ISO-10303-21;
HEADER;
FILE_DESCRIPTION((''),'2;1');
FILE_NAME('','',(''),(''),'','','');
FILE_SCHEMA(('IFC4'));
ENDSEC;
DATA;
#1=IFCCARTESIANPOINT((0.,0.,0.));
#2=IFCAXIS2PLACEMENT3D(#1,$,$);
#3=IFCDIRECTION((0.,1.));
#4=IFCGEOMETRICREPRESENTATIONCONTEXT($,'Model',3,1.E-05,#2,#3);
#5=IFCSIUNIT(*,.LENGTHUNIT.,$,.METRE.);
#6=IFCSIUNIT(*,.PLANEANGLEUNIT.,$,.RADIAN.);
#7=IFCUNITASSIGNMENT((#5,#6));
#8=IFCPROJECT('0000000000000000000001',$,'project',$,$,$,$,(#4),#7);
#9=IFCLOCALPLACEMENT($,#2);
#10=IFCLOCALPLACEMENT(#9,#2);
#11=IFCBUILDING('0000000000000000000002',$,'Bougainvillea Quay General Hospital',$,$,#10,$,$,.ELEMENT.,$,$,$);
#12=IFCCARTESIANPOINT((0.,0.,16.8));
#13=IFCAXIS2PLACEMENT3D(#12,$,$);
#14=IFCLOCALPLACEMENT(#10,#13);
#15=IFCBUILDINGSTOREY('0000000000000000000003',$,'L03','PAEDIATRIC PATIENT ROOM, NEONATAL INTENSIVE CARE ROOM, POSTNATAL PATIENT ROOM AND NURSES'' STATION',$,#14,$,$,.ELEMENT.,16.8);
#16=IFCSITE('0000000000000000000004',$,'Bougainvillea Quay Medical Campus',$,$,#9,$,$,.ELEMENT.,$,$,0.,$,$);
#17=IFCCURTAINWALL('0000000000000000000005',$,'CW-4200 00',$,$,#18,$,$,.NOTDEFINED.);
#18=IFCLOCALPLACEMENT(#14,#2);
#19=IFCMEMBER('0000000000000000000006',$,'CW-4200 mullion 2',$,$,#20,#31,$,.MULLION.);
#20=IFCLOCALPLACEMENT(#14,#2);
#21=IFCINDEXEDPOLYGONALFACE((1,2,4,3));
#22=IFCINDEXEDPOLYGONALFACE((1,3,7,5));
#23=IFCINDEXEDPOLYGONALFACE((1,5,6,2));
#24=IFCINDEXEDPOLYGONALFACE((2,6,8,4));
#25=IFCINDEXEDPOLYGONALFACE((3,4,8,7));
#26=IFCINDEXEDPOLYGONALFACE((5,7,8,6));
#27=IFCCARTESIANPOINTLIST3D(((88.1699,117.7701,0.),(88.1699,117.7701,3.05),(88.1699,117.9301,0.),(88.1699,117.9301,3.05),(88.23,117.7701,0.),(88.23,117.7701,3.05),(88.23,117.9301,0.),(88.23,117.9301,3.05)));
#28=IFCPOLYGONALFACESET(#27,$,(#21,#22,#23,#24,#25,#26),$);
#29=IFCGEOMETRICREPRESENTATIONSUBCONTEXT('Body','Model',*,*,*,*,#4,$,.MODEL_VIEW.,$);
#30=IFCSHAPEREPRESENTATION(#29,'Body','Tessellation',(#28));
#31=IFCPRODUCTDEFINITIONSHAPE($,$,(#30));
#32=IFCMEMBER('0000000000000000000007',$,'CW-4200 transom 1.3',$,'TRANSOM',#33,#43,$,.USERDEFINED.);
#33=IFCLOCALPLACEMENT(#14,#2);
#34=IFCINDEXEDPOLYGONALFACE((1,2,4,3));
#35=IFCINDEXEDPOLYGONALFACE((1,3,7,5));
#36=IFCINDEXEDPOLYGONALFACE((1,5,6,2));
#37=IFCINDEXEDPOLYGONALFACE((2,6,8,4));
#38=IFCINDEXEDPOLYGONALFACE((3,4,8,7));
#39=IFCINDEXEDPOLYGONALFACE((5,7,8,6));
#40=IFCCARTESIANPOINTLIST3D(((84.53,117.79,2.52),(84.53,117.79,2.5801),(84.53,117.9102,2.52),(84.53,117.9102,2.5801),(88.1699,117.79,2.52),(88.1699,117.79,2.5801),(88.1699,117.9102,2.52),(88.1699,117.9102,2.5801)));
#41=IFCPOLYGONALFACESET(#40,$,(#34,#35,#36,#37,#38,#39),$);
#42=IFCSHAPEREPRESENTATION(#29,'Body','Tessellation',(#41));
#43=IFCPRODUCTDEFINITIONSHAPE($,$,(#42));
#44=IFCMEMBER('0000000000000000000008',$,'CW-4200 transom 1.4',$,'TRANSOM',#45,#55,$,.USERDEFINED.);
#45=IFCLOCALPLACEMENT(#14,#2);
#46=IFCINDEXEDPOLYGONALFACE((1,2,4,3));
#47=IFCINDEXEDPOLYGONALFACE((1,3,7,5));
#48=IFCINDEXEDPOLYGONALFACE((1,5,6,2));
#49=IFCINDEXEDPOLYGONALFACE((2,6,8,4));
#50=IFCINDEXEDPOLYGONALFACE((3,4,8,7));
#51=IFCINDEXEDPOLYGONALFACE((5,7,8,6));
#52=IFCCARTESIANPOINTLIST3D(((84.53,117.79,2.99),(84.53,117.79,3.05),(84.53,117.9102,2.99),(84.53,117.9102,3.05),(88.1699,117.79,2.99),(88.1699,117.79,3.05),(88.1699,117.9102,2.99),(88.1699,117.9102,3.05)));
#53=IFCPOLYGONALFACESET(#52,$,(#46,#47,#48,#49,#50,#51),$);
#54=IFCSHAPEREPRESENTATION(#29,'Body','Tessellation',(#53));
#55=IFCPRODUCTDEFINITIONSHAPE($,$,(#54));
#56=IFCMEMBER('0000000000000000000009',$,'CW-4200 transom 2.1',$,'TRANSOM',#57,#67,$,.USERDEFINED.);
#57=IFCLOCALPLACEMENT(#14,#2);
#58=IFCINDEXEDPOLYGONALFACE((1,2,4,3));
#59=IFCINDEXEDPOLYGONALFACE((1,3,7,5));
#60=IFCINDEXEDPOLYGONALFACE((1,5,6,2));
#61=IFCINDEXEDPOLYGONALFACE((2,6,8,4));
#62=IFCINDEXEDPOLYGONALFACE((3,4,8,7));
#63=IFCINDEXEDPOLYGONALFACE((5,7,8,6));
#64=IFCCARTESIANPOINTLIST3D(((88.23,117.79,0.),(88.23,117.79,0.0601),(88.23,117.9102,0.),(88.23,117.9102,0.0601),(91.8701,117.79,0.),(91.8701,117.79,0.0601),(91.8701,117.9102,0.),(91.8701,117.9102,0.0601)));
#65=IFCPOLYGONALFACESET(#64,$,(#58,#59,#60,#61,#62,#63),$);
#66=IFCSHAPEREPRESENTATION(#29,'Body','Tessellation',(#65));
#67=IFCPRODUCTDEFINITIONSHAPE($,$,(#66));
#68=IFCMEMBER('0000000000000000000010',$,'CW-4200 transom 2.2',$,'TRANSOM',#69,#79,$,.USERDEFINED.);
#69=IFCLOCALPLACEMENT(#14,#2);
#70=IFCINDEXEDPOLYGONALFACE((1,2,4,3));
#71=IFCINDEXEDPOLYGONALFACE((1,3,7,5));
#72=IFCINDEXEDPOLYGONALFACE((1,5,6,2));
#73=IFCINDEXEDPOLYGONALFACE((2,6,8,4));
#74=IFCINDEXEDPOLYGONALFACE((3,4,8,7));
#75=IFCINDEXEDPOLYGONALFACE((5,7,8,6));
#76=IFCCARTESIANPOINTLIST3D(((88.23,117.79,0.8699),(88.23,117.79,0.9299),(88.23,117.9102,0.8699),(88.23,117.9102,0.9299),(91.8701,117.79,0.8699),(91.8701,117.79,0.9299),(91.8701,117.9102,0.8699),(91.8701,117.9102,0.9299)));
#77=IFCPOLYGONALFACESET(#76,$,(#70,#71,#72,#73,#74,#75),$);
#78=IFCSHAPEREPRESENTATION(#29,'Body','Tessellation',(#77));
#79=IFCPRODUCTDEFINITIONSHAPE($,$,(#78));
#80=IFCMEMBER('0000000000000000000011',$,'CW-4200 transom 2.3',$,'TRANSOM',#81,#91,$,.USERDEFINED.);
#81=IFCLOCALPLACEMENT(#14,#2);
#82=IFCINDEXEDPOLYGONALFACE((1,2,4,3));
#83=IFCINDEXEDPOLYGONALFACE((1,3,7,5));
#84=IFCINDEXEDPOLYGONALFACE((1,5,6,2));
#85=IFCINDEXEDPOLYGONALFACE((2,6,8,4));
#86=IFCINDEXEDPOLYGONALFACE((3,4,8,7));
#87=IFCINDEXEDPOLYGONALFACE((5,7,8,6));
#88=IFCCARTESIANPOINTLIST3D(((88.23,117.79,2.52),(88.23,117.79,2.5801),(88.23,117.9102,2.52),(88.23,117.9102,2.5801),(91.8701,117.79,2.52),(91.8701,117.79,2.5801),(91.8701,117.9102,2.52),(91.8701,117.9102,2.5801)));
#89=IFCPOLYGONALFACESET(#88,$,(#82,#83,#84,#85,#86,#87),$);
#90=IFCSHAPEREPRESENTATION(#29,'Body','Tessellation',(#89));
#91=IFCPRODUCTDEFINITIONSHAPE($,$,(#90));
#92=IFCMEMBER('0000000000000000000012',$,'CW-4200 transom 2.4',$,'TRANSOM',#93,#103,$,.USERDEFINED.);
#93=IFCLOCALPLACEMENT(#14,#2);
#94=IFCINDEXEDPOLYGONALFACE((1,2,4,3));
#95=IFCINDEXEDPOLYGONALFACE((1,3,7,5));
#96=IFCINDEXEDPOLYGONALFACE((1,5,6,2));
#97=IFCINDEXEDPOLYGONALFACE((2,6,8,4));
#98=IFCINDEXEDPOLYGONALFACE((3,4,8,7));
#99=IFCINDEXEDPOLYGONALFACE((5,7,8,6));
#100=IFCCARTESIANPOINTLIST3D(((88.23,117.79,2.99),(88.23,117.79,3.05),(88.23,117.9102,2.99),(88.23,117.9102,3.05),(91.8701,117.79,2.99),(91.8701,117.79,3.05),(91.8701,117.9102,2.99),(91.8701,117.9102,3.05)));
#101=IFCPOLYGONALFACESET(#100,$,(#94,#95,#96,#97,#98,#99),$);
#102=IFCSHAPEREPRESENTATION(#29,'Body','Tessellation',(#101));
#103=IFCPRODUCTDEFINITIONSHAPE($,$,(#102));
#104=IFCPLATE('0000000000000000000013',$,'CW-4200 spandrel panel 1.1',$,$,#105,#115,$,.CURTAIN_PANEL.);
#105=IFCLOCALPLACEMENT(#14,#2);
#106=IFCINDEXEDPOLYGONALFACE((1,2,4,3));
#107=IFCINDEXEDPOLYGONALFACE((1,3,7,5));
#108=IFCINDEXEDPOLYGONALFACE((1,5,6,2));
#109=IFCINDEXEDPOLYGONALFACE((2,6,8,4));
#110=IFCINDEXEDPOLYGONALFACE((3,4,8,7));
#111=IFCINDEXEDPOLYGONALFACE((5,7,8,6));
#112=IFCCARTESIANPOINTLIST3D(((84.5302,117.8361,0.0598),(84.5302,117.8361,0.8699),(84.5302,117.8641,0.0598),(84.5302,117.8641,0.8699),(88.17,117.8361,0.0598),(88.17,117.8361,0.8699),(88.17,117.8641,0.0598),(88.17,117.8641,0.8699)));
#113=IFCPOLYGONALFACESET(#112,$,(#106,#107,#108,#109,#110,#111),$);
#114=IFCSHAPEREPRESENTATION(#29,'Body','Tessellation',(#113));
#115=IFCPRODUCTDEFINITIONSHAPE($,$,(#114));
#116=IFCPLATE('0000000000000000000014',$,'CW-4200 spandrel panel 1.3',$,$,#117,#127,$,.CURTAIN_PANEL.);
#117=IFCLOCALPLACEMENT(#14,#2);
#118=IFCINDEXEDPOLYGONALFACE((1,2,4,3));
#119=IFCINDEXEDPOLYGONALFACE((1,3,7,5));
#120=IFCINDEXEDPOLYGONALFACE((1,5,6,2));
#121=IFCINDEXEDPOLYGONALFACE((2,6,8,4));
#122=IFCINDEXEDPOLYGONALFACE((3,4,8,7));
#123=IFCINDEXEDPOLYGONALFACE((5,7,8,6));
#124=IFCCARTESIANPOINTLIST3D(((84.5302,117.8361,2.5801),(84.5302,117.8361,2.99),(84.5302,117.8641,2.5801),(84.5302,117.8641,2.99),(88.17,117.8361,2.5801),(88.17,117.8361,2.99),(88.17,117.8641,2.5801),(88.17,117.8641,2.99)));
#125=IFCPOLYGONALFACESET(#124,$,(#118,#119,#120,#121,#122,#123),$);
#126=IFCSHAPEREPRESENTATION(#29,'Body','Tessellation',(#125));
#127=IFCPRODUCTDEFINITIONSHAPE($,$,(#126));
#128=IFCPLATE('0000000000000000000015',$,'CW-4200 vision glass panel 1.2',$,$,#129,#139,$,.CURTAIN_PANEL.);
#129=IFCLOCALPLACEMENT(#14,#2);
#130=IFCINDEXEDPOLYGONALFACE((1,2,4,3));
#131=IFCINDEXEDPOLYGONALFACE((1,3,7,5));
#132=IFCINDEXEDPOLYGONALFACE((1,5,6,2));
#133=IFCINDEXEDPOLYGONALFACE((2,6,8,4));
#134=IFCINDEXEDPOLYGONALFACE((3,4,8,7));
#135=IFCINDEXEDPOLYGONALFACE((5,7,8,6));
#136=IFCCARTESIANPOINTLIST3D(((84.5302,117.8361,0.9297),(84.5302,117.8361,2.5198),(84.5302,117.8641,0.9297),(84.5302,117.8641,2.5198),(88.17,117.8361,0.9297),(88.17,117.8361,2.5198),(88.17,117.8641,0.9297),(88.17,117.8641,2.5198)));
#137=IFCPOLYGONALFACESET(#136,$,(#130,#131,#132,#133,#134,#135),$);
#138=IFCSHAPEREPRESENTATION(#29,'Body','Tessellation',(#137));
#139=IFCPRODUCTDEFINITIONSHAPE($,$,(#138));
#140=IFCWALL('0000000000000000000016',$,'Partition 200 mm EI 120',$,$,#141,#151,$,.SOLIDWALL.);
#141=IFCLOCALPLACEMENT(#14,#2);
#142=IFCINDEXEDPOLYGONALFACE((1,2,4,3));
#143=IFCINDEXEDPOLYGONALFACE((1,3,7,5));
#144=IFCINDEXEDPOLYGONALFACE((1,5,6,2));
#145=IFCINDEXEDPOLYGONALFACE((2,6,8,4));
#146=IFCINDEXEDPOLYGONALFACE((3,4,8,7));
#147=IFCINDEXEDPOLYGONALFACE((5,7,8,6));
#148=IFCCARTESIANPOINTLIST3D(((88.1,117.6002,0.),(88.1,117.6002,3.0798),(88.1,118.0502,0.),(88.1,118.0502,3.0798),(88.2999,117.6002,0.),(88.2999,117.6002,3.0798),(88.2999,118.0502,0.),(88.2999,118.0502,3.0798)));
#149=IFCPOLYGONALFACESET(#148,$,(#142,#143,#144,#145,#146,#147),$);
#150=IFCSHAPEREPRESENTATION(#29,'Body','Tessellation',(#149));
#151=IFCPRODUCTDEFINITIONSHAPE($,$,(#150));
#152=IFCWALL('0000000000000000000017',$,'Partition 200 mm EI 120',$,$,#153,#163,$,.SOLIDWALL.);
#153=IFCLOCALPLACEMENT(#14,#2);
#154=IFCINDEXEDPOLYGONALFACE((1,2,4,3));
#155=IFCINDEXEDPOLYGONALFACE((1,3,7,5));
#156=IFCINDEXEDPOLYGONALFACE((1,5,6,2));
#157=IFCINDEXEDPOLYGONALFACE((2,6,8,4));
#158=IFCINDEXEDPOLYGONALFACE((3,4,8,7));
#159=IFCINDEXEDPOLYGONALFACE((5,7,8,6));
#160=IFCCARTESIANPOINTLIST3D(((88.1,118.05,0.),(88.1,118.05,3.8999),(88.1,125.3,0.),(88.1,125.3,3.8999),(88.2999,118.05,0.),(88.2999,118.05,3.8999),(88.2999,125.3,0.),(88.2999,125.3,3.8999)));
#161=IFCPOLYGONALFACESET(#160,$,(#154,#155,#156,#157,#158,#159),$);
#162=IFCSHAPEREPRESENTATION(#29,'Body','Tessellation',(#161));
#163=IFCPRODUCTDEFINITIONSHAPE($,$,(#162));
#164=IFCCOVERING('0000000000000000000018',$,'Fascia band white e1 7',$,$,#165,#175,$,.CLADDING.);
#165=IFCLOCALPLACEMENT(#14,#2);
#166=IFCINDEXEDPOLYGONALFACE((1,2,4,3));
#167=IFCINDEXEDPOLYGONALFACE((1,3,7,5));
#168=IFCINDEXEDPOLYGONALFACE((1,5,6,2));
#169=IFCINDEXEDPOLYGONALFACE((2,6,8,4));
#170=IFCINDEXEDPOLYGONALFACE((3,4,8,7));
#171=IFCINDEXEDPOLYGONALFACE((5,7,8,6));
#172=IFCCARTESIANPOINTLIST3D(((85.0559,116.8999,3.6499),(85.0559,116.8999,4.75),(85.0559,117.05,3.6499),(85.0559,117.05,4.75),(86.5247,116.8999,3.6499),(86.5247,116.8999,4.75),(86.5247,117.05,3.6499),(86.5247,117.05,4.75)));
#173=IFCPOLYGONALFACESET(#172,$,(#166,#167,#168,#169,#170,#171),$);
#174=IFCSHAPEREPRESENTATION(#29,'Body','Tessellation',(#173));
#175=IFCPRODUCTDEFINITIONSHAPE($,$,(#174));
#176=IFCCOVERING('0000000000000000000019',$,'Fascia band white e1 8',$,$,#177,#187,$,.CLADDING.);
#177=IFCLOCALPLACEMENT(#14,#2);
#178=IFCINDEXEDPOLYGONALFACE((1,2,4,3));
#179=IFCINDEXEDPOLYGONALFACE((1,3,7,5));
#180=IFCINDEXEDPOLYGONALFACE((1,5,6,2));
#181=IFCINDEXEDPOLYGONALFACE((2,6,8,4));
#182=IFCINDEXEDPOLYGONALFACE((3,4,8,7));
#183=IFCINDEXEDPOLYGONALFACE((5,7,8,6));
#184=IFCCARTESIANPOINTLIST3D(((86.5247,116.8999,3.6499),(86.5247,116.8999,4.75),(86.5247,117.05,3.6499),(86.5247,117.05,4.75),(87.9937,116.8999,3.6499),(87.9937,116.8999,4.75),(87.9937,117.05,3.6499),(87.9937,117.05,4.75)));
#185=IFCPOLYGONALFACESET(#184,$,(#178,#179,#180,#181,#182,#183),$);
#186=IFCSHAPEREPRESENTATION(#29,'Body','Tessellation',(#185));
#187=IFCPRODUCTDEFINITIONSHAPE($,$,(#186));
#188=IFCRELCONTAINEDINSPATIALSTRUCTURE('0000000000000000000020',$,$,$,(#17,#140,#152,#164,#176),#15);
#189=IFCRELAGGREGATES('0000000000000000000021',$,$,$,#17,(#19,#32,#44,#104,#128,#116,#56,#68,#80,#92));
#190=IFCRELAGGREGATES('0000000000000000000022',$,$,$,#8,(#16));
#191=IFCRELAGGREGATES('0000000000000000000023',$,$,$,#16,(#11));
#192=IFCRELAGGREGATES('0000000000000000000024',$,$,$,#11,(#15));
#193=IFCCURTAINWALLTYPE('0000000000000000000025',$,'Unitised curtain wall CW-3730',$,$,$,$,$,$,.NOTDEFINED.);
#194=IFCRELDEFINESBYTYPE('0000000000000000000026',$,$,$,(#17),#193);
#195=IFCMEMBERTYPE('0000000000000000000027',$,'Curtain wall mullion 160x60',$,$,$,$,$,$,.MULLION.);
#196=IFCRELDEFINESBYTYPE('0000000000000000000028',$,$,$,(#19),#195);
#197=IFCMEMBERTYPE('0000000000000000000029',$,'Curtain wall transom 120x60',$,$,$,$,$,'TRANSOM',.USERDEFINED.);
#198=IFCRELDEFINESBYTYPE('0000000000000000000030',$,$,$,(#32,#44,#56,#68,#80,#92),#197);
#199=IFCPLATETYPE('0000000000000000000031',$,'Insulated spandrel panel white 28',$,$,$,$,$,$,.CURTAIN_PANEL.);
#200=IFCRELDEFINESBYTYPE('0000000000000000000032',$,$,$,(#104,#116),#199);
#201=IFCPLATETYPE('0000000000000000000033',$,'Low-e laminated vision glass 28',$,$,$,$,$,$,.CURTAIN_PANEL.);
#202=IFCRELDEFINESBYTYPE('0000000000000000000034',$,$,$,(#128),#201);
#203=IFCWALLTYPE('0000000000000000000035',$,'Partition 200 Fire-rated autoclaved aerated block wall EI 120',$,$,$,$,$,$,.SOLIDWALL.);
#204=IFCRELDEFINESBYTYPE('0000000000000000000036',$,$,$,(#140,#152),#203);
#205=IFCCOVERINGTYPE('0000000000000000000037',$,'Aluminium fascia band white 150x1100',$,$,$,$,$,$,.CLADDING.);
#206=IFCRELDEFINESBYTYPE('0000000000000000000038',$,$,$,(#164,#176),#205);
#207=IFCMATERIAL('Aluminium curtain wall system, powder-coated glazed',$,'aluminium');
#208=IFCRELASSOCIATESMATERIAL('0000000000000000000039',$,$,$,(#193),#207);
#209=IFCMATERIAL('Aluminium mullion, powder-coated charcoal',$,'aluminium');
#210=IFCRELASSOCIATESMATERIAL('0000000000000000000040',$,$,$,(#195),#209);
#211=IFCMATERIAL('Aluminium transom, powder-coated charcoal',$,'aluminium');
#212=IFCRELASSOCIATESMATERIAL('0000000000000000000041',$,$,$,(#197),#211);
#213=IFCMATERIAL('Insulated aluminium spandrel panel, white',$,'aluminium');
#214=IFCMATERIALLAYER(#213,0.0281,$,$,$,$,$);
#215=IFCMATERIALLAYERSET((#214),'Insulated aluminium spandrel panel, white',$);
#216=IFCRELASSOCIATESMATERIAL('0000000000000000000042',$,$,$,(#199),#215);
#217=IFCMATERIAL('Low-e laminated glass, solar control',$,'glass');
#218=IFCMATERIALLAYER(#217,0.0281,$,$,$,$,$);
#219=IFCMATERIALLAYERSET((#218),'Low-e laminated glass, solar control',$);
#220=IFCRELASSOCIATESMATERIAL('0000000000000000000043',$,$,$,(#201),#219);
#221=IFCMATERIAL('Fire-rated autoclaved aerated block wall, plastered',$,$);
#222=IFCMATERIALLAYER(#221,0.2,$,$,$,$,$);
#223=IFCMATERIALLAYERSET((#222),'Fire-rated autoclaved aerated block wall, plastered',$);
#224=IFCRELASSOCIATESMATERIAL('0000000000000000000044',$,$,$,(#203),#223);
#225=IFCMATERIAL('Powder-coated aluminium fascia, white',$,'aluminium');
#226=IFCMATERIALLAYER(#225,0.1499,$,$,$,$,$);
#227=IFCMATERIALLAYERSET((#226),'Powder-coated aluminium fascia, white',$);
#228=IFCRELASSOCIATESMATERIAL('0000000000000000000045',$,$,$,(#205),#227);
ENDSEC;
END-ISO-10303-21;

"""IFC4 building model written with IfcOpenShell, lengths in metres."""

from ifc_helpers import new_model, si_unit, direction, frame, frame_2d, origin, origin_2d, place, context, subcontext, project, spatial, polyline, rectangle, outline, extrude, material, layer, layer_set, material_profile, profile_set, type_object, element, aggregate, save


model = new_model("IFC4")

# Units and contexts
model_context = context("Model", 3, precision=1e-05, world=origin(), true_north=direction((0.0, 1.0)))
body_context = subcontext(model_context, "Body", "Model", "MODEL_VIEW")
ifc_project = project(units=[si_unit("LENGTHUNIT", "METRE"), si_unit("PLANEANGLEUNIT", "RADIAN")], contexts=[model_context])

# Site, building, storey
site_placement = place(None, origin())
site = spatial("IfcSite", under=ifc_project, at=site_placement, Name="Bougainvillea Quay Medical Campus", CompositionType="ELEMENT", RefElevation=0.0)
building_placement = place(site_placement, origin())
building = spatial("IfcBuilding", under=site, at=building_placement, Name="Bougainvillea Quay General Hospital", CompositionType="ELEMENT")
storey_placement = place(building_placement, frame((0.0, 0.0, 16.8)))
storey = spatial("IfcBuildingStorey", under=building, at=storey_placement, Name="L03", Description="PAEDIATRIC PATIENT ROOM, NEONATAL INTENSIVE CARE ROOM, POSTNATAL PATIENT ROOM AND NURSES' STATION", CompositionType="ELEMENT", Elevation=16.8)

# Curtain wall, members, plates
ifc_material_1 = material(Name="Aluminium curtain wall system, powder-coated glazed", Category="aluminium")
curtain_wall_type = type_object("IfcCurtainWallType", Name="Unitised curtain wall CW-3730", PredefinedType="NOTDEFINED", material=ifc_material_1)
curtain_wall_placement = place(storey_placement, origin())
curtain_wall = element("IfcCurtainWall", 1, at=curtain_wall_placement, inside=storey, type_object=curtain_wall_type, Name="CW-4200 00", PredefinedType="NOTDEFINED")
ifc_material_2 = material(Name="Aluminium mullion, powder-coated charcoal", Category="aluminium")
ifc_material_profile_1 = material_profile(ifc_material_2, rectangle(XDim=0.1599, YDim=0.0601, at=origin_2d()))
ifc_profile_set_1 = profile_set([ifc_material_profile_1], Name="Aluminium mullion, powder-coated charcoal")
member_type_1 = type_object("IfcMemberType", Name="Curtain wall mullion 160x60", PredefinedType="MULLION", material=ifc_profile_set_1)
member_1_placement = place(storey_placement, frame((88.2, 117.8501, 0.0), z_axis=(0.0, 0.0, 1.0), x_axis=(0.0, 1.0, 0.0)))
member_1 = element("IfcMember", 2, at=member_1_placement, type_object=member_type_1, Name="CW-4200 mullion 2", PredefinedType="MULLION", context=body_context, shape_type="SweptSolid", body=[
    extrude(rectangle(XDim=0.1599, YDim=0.0601, at=origin_2d()), origin(), (0.0, 0.0, 1.0), 3.05),
])
ifc_material_3 = material(Name="Aluminium transom, powder-coated charcoal", Category="aluminium")
ifc_material_profile_2 = material_profile(ifc_material_3, rectangle(XDim=0.1201, YDim=0.0601, at=origin_2d()))
ifc_profile_set_2 = profile_set([ifc_material_profile_2], Name="Aluminium transom, powder-coated charcoal")
member_type_2 = type_object("IfcMemberType", Name="Curtain wall transom 120x60", ElementType="TRANSOM", PredefinedType="USERDEFINED", material=ifc_profile_set_2)
member_2_placement = place(storey_placement, frame((84.53, 117.8501, 2.55), z_axis=(1.0, 0.0, 0.0), x_axis=(0.0, 1.0, 0.0)))
member_2 = element("IfcMember", 3, at=member_2_placement, type_object=member_type_2, Name="CW-4200 transom 1.3", ObjectType="TRANSOM", PredefinedType="USERDEFINED", context=body_context, shape_type="SweptSolid", body=[
    extrude(rectangle(XDim=0.1201, YDim=0.0601, at=origin_2d()), origin(), (0.0, 0.0, 1.0), 3.6399),
])
member_3_placement = place(storey_placement, frame((84.53, 117.8501, 3.02), z_axis=(1.0, 0.0, 0.0), x_axis=(0.0, 1.0, 0.0)))
member_3 = element("IfcMember", 4, at=member_3_placement, type_object=member_type_2, Name="CW-4200 transom 1.4", ObjectType="TRANSOM", PredefinedType="USERDEFINED", context=body_context, shape_type="SweptSolid", body=[
    extrude(rectangle(XDim=0.1201, YDim=0.0601, at=origin_2d()), origin(), (0.0, 0.0, 1.0), 3.6399),
])
member_4_placement = place(storey_placement, frame((88.23, 117.8501, 0.03), z_axis=(1.0, 0.0, 0.0), x_axis=(0.0, 1.0, 0.0)))
member_4 = element("IfcMember", 5, at=member_4_placement, type_object=member_type_2, Name="CW-4200 transom 2.1", ObjectType="TRANSOM", PredefinedType="USERDEFINED", context=body_context, shape_type="SweptSolid", body=[
    extrude(rectangle(XDim=0.1201, YDim=0.0601, at=origin_2d()), origin(), (0.0, 0.0, 1.0), 3.6401),
])
member_5_placement = place(storey_placement, frame((88.23, 117.8501, 0.8999), z_axis=(1.0, 0.0, 0.0), x_axis=(0.0, 1.0, 0.0)))
member_5 = element("IfcMember", 6, at=member_5_placement, type_object=member_type_2, Name="CW-4200 transom 2.2", ObjectType="TRANSOM", PredefinedType="USERDEFINED", context=body_context, shape_type="SweptSolid", body=[
    extrude(rectangle(XDim=0.1201, YDim=0.0601, at=origin_2d()), origin(), (0.0, 0.0, 1.0), 3.6401),
])
member_6_placement = place(storey_placement, frame((88.23, 117.8501, 2.55), z_axis=(1.0, 0.0, 0.0), x_axis=(0.0, 1.0, 0.0)))
member_6 = element("IfcMember", 7, at=member_6_placement, type_object=member_type_2, Name="CW-4200 transom 2.3", ObjectType="TRANSOM", PredefinedType="USERDEFINED", context=body_context, shape_type="SweptSolid", body=[
    extrude(rectangle(XDim=0.1201, YDim=0.0601, at=origin_2d()), origin(), (0.0, 0.0, 1.0), 3.6401),
])
member_7_placement = place(storey_placement, frame((88.23, 117.8501, 3.02), z_axis=(1.0, 0.0, 0.0), x_axis=(0.0, 1.0, 0.0)))
member_7 = element("IfcMember", 8, at=member_7_placement, type_object=member_type_2, Name="CW-4200 transom 2.4", ObjectType="TRANSOM", PredefinedType="USERDEFINED", context=body_context, shape_type="SweptSolid", body=[
    extrude(rectangle(XDim=0.1201, YDim=0.0601, at=origin_2d()), origin(), (0.0, 0.0, 1.0), 3.6401),
])
ifc_material_4 = material(Name="Insulated aluminium spandrel panel, white", Category="aluminium")
ifc_layer_1 = layer(ifc_material_4, 0.0281)
ifc_layer_set_1 = layer_set([ifc_layer_1], Name="Insulated aluminium spandrel panel, white")
plate_type_1 = type_object("IfcPlateType", Name="Insulated spandrel panel white 28", PredefinedType="CURTAIN_PANEL", material=ifc_layer_set_1)
plate_1_placement = place(storey_placement, frame((86.3501, 117.8501, 0.0598), z_axis=(0.0, 0.0, 1.0), x_axis=(1.0, 0.0, 0.0)))
plate_1 = element("IfcPlate", 9, at=plate_1_placement, type_object=plate_type_1, Name="CW-4200 spandrel panel 1.1", PredefinedType="CURTAIN_PANEL", context=body_context, shape_type="SweptSolid", body=[
    extrude(rectangle(XDim=3.6399, YDim=0.0281, at=origin_2d()), origin(), (0.0, 0.0, 1.0), 0.8101),
])
plate_2_placement = place(storey_placement, frame((86.3501, 117.8501, 2.5801), z_axis=(0.0, 0.0, 1.0), x_axis=(1.0, 0.0, 0.0)))
plate_2 = element("IfcPlate", 10, at=plate_2_placement, type_object=plate_type_1, Name="CW-4200 spandrel panel 1.3", PredefinedType="CURTAIN_PANEL", context=body_context, shape_type="SweptSolid", body=[
    extrude(rectangle(XDim=3.6399, YDim=0.0281, at=origin_2d()), origin(), (0.0, 0.0, 1.0), 0.4099),
])
ifc_material_5 = material(Name="Low-e laminated glass, solar control", Category="glass")
ifc_layer_2 = layer(ifc_material_5, 0.0281)
ifc_layer_set_2 = layer_set([ifc_layer_2], Name="Low-e laminated glass, solar control")
plate_type_2 = type_object("IfcPlateType", Name="Low-e laminated vision glass 28", PredefinedType="CURTAIN_PANEL", material=ifc_layer_set_2)
plate_3_placement = place(storey_placement, frame((86.3501, 117.8501, 0.9297), z_axis=(0.0, 0.0, 1.0), x_axis=(1.0, 0.0, 0.0)))
plate_3 = element("IfcPlate", 11, at=plate_3_placement, type_object=plate_type_2, Name="CW-4200 vision glass panel 1.2", PredefinedType="CURTAIN_PANEL", context=body_context, shape_type="SweptSolid", body=[
    extrude(rectangle(XDim=3.6399, YDim=0.0281, at=origin_2d()), origin(), (0.0, 0.0, 1.0), 1.5901),
])
aggregate(curtain_wall, [member_1, member_2, member_3, plate_1, plate_3, plate_2, member_4, member_5, member_6, member_7])

# Walls
ifc_material_6 = material(Name="Fire-rated autoclaved aerated block wall, plastered")
ifc_layer_3 = layer(ifc_material_6, 0.2)
ifc_layer_set_3 = layer_set([ifc_layer_3], Name="Fire-rated autoclaved aerated block wall, plastered")
wall_type = type_object("IfcWallType", Name="Partition 200 Fire-rated autoclaved aerated block wall EI 120", PredefinedType="SOLIDWALL", material=ifc_layer_set_3)
wall_1_placement = place(storey_placement, frame((88.2, 117.6001, 0.0), z_axis=(0.0, 0.0, 1.0), x_axis=(0.0, 1.0, 0.0)))
element("IfcWall", 12, at=wall_1_placement, inside=storey, type_object=wall_type, Name="Partition 200 mm EI 120", PredefinedType="SOLIDWALL", context=body_context, shape_type="SweptSolid", body=[
    extrude(rectangle(XDim=0.45, YDim=0.2, at=frame_2d((0.2251, 0.0))), origin(), (0.0, 0.0, 1.0), 3.0798),
])
wall_2_placement = place(storey_placement, frame((88.2, 118.05, 0.0), z_axis=(0.0, 0.0, 1.0), x_axis=(0.0, 1.0, 0.0)))
element("IfcWall", 13, at=wall_2_placement, inside=storey, type_object=wall_type, Name="Partition 200 mm EI 120", PredefinedType="SOLIDWALL", context=body_context, shape_type="SweptSolid", body=[
    extrude(rectangle(XDim=7.25, YDim=0.2, at=frame_2d((3.625, 0.0))), origin(), (0.0, 0.0, 1.0), 3.8999),
])

# Coverings
ifc_material_7 = material(Name="Powder-coated aluminium fascia, white", Category="aluminium")
ifc_layer_4 = layer(ifc_material_7, 0.1499)
ifc_layer_set_4 = layer_set([ifc_layer_4], Name="Powder-coated aluminium fascia, white")
covering_type = type_object("IfcCoveringType", Name="Aluminium fascia band white 150x1100", PredefinedType="CLADDING", material=ifc_layer_set_4)
covering_1_placement = place(storey_placement, frame((85.0559, 117.05, 3.6499), z_axis=(0.0, 0.0, 1.0), x_axis=(1.0, 0.0, 0.0)))
element("IfcCovering", 14, at=covering_1_placement, inside=storey, type_object=covering_type, Name="Fascia band white e1 7", PredefinedType="CLADDING", context=body_context, shape_type="SweptSolid", body=[
    extrude(outline(polyline([(0.0, 0.0), (1.4688, 0.0), (1.4688, -0.1501), (0.0, -0.1501), (0.0, 0.0)])), origin(), (0.0, 0.0, 1.0), 1.1001),
])
covering_2_placement = place(storey_placement, frame((86.5247, 117.05, 3.6499), z_axis=(0.0, 0.0, 1.0), x_axis=(1.0, 0.0, 0.0)))
element("IfcCovering", 15, at=covering_2_placement, inside=storey, type_object=covering_type, Name="Fascia band white e1 8", PredefinedType="CLADDING", context=body_context, shape_type="SweptSolid", body=[
    extrude(outline(polyline([(0.0, 0.0), (1.469, 0.0), (1.469, -0.1501), (0.0, -0.1501), (0.0, 0.0)])), origin(), (0.0, 0.0, 1.0), 1.1001),
])

save(model, "model.ifc")
